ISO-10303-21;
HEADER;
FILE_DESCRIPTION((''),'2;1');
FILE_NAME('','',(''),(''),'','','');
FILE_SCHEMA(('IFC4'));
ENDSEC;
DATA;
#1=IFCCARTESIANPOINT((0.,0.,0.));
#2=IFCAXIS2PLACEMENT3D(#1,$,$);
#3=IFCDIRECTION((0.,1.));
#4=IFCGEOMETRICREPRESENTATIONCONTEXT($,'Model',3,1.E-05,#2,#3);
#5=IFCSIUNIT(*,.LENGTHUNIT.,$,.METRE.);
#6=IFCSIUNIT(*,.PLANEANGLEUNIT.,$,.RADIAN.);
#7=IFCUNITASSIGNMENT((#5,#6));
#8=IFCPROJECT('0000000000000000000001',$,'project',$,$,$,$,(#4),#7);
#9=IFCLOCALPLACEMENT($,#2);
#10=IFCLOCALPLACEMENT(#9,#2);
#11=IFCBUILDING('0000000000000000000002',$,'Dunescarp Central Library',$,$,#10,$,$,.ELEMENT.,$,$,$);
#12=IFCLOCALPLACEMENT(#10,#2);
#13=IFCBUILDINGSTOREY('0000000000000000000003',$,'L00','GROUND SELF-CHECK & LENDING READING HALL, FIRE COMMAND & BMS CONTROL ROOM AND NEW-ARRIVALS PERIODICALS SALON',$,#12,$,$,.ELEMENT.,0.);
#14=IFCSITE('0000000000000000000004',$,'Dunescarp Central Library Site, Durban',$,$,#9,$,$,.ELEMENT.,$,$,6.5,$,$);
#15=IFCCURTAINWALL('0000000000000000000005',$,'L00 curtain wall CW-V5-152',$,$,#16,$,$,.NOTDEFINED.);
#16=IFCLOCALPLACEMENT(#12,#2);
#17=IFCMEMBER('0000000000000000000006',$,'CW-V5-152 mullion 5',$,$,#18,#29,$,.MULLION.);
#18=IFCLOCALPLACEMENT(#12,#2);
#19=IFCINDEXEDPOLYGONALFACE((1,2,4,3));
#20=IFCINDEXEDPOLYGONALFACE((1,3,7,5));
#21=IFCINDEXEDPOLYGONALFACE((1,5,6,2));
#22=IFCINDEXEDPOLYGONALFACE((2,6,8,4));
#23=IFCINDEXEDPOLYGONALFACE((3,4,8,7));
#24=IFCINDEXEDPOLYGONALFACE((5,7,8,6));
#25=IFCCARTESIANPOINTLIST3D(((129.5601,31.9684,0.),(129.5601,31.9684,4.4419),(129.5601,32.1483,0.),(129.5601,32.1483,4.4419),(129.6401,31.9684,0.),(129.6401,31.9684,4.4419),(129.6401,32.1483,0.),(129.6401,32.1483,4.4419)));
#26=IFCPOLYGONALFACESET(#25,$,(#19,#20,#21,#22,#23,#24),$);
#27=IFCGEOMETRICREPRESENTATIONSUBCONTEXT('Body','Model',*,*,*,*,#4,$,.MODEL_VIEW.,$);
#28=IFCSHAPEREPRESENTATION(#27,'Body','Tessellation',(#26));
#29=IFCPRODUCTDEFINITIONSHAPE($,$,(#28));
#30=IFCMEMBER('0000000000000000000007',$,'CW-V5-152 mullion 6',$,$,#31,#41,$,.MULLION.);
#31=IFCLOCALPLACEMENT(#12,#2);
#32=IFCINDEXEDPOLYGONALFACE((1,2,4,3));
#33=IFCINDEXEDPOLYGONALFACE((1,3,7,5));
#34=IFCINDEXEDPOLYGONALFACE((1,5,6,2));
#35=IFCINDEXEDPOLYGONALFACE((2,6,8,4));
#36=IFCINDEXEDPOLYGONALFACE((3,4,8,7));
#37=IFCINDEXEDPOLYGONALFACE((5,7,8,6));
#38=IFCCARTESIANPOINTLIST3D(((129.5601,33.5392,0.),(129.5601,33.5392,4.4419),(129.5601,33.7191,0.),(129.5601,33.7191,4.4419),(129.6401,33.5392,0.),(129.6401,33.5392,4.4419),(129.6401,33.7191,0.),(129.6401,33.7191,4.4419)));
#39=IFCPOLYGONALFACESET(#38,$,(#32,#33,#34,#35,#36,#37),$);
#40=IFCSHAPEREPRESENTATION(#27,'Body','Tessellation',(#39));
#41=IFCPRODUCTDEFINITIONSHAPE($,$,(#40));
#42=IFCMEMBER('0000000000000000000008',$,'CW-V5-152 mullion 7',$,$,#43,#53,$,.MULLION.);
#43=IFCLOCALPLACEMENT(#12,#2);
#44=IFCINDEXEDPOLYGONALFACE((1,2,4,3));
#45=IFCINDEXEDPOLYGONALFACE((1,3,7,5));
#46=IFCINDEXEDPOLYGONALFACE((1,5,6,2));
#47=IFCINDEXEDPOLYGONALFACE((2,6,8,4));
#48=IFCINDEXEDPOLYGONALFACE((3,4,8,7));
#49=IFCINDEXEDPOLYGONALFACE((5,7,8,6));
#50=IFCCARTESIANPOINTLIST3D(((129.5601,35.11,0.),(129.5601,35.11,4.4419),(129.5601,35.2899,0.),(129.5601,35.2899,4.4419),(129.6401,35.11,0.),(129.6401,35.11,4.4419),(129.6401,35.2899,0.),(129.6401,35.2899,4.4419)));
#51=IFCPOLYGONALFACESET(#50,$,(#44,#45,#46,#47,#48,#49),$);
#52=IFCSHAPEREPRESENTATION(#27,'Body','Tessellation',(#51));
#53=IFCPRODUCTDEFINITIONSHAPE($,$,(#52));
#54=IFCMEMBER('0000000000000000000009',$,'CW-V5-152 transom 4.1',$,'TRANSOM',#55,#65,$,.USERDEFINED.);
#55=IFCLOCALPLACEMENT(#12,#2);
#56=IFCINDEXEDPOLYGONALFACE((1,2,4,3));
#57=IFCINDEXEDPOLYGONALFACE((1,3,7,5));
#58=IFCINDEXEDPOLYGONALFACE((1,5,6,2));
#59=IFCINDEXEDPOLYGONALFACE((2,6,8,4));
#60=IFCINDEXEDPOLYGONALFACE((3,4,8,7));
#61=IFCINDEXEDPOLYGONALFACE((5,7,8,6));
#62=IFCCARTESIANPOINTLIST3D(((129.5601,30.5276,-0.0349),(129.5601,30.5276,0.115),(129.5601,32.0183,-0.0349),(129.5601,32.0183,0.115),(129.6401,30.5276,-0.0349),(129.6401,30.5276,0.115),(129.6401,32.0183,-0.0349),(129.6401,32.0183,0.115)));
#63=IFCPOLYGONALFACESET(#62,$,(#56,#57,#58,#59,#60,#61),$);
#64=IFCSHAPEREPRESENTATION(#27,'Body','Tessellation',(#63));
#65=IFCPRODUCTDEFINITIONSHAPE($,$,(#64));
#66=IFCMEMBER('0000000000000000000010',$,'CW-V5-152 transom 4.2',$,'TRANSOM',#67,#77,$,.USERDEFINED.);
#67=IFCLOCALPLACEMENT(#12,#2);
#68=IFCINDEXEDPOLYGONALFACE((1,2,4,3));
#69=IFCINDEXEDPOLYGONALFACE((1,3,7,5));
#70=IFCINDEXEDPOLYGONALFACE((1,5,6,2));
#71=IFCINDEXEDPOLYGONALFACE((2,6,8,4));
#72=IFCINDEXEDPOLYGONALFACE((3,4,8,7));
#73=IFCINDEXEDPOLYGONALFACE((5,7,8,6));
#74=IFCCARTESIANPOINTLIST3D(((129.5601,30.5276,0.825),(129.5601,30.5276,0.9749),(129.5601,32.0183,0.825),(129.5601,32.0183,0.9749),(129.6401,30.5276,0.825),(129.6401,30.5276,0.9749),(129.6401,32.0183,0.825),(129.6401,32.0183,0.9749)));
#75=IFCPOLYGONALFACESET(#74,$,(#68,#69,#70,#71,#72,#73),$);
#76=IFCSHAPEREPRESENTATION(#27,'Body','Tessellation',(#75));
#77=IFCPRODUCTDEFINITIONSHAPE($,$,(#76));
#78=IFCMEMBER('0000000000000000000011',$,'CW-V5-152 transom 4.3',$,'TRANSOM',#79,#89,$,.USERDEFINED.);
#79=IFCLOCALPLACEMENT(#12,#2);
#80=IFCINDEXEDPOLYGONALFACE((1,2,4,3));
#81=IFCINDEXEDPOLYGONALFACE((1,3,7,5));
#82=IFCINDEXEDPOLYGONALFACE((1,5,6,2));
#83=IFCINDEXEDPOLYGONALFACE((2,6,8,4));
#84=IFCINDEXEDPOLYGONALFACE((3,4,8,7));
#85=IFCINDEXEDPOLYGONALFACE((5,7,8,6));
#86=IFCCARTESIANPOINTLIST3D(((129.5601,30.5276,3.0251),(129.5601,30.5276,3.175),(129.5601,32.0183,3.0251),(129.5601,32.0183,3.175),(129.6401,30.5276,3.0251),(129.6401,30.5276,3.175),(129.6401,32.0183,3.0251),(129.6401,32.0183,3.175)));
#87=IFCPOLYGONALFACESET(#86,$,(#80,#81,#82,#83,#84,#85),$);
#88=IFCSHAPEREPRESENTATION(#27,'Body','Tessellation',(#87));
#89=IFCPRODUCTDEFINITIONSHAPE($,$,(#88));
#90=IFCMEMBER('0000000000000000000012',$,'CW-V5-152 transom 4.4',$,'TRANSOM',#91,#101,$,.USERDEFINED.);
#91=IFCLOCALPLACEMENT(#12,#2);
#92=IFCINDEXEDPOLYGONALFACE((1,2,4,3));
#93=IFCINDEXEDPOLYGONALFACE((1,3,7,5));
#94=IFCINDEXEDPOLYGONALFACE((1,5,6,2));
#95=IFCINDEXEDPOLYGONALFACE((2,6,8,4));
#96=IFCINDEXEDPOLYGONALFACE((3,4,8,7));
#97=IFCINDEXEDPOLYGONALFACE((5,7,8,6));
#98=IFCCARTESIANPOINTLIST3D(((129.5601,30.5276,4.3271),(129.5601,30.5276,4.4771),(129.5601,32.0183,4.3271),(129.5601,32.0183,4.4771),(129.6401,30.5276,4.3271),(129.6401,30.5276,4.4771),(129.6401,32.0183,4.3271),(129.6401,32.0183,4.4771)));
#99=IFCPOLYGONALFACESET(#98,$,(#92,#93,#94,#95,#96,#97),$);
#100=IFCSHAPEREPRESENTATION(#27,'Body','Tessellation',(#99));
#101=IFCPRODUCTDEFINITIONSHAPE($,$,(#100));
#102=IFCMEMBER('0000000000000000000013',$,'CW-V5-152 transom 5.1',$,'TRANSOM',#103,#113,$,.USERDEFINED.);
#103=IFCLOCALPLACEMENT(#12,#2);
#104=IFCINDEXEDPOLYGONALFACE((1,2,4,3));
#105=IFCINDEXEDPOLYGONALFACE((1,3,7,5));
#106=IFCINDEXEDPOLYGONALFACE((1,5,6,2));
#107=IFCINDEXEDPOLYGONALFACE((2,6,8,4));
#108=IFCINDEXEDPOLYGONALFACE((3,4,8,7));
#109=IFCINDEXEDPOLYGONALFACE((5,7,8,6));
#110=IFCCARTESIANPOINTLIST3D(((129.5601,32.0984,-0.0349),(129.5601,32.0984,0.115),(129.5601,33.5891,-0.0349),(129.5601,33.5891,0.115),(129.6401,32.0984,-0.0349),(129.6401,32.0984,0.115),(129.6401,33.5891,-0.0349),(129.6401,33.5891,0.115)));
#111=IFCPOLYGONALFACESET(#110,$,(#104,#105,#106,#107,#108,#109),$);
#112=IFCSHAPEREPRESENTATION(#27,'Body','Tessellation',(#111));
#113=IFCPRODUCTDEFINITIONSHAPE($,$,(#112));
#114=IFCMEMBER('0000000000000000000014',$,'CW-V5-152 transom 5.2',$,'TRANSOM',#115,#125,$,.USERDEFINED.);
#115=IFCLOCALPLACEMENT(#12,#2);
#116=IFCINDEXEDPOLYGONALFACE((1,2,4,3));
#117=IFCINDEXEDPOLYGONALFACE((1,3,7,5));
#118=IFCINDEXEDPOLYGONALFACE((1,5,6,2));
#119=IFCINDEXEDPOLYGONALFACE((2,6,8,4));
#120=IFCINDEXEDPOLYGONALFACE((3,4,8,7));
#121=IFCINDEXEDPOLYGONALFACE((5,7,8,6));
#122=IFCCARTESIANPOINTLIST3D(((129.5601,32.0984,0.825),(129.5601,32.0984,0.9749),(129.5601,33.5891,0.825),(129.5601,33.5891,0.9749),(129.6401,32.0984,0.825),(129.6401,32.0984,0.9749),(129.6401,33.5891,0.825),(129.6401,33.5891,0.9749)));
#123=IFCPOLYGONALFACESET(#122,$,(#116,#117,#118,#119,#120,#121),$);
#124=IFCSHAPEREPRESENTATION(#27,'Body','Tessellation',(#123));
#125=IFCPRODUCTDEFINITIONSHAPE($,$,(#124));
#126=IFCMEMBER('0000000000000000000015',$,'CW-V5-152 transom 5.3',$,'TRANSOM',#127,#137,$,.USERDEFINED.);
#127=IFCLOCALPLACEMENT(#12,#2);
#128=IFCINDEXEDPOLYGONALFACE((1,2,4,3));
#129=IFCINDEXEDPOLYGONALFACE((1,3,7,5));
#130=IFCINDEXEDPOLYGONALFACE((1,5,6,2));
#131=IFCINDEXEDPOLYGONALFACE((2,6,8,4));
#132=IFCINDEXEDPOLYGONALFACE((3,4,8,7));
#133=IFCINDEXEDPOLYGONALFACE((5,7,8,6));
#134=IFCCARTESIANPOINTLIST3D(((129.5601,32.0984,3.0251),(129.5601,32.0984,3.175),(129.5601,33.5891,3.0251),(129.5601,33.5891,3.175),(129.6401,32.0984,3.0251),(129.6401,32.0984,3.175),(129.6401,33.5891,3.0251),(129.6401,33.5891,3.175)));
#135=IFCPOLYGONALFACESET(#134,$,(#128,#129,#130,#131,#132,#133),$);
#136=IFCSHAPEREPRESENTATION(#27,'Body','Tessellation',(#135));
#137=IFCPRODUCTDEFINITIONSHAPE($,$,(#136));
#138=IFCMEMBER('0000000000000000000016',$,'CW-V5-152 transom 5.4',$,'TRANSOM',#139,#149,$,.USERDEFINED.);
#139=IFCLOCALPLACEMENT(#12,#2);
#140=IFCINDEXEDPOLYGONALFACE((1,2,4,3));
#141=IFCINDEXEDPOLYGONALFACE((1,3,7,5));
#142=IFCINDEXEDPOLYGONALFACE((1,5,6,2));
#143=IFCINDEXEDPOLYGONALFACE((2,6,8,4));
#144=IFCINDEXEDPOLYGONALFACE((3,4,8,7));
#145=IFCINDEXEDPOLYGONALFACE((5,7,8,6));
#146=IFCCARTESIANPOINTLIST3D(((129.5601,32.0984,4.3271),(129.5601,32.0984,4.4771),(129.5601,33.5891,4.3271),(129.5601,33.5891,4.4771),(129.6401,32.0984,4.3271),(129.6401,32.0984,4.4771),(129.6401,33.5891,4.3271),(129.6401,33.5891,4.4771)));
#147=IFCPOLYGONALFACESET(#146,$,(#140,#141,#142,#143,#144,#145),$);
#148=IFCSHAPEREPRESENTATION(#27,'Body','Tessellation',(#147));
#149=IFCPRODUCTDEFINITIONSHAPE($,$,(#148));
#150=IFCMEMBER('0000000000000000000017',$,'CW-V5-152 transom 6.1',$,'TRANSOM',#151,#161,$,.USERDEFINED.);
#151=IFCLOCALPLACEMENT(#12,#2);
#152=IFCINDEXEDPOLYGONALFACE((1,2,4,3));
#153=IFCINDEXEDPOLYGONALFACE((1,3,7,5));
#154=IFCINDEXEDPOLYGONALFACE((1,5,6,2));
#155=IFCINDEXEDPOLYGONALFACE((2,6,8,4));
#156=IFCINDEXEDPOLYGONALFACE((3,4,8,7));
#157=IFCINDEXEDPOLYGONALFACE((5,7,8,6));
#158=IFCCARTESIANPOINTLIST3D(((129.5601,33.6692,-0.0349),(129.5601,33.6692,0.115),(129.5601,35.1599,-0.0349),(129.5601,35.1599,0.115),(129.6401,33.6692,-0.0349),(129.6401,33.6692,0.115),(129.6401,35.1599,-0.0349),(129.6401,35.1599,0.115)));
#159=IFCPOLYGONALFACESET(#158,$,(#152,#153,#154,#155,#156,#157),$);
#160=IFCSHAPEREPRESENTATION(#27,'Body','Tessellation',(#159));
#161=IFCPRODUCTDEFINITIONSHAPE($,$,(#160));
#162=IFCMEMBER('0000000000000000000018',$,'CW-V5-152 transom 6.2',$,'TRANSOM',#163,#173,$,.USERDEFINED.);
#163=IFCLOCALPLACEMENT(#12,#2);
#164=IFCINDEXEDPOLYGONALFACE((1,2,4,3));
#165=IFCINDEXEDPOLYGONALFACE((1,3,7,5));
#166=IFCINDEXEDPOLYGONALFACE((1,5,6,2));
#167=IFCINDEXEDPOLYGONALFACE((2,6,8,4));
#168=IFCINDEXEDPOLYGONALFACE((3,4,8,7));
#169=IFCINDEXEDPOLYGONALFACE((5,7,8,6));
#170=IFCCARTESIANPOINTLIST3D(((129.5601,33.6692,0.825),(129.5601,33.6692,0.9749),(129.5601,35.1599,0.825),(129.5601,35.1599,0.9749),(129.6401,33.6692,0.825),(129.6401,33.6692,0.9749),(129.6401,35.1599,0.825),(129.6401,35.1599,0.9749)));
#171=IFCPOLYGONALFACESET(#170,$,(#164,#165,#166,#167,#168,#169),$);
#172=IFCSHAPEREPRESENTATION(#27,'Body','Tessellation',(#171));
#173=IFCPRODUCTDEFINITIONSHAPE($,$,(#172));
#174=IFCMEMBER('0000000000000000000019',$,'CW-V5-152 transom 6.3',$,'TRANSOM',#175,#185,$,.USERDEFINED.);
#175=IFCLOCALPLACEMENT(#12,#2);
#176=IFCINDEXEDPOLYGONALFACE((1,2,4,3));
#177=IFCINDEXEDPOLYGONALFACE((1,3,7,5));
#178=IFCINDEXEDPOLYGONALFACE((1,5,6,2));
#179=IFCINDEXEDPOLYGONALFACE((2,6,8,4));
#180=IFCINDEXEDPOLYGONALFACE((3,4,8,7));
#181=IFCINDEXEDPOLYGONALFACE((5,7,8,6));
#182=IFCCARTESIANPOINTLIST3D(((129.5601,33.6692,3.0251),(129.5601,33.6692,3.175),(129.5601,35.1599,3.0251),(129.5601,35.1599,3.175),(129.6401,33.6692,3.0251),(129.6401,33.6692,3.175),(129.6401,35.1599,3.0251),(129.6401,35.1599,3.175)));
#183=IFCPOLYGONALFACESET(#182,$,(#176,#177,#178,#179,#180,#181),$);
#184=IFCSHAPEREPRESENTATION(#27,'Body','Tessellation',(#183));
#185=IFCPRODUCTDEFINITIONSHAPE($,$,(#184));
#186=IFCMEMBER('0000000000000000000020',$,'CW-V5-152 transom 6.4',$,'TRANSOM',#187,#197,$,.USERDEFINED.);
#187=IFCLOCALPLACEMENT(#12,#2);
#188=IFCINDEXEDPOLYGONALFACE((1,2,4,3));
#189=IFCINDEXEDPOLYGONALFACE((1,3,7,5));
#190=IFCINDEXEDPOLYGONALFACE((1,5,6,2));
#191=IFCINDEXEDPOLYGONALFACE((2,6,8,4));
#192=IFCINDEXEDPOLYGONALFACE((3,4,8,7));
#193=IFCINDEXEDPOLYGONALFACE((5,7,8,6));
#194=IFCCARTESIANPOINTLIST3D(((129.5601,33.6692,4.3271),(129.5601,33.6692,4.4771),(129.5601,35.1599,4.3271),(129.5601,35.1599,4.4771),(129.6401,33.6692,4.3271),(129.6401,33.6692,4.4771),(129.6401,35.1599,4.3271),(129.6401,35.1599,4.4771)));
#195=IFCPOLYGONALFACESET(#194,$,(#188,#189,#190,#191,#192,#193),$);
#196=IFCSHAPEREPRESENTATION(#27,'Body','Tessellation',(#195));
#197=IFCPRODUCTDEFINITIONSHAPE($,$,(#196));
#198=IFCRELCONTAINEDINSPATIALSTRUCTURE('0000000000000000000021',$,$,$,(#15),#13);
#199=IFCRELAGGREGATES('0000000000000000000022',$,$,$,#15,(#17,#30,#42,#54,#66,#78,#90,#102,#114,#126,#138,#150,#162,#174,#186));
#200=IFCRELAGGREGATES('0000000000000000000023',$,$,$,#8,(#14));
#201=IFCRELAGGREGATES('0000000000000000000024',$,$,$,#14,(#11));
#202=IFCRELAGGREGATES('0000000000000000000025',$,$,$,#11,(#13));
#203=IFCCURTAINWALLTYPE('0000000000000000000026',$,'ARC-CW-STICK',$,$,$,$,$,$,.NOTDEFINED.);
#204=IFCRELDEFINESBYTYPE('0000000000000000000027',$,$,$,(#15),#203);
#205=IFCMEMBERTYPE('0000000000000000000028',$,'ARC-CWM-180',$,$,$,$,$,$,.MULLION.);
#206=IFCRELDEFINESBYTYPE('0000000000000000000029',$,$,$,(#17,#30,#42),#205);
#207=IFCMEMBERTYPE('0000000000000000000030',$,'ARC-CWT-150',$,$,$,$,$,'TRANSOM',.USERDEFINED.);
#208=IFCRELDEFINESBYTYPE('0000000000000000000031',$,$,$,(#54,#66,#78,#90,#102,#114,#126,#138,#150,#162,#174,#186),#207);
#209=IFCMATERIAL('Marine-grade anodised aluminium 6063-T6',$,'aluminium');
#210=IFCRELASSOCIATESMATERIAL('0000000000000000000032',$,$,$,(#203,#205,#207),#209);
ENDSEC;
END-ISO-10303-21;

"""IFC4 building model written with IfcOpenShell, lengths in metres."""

from ifc_helpers import new_model, si_unit, direction, frame, origin, origin_2d, place, context, subcontext, project, spatial, rectangle, extrude, material, material_profile, profile_set, type_object, element, aggregate, save


model = new_model("IFC4")

# Units and contexts
model_context = context("Model", 3, precision=1e-05, world=origin(), true_north=direction((0.0, 1.0)))
body_context = subcontext(model_context, "Body", "Model", "MODEL_VIEW")
ifc_project = project(units=[si_unit("LENGTHUNIT", "METRE"), si_unit("PLANEANGLEUNIT", "RADIAN")], contexts=[model_context])

# Site, building, storey
site_placement = place(None, origin())
site = spatial("IfcSite", under=ifc_project, at=site_placement, Name="Dunescarp Central Library Site, Durban", CompositionType="ELEMENT", RefElevation=6.5)
building_placement = place(site_placement, origin())
building = spatial("IfcBuilding", under=site, at=building_placement, Name="Dunescarp Central Library", CompositionType="ELEMENT")
storey_placement = place(building_placement, origin())
storey = spatial("IfcBuildingStorey", under=building, at=storey_placement, Name="L00", Description="GROUND SELF-CHECK & LENDING READING HALL, FIRE COMMAND & BMS CONTROL ROOM AND NEW-ARRIVALS PERIODICALS SALON", CompositionType="ELEMENT", Elevation=0.0)

# Curtain wall, members
ifc_material_1 = material(Name="Marine-grade anodised aluminium 6063-T6", Category="aluminium")
curtain_wall_type = type_object("IfcCurtainWallType", Name="ARC-CW-STICK", PredefinedType="NOTDEFINED", material=ifc_material_1)
curtain_wall_placement = place(storey_placement, origin())
curtain_wall = element("IfcCurtainWall", 1, at=curtain_wall_placement, inside=storey, type_object=curtain_wall_type, Name="L00 curtain wall CW-V5-152", PredefinedType="NOTDEFINED")
ifc_material_profile_1 = material_profile(ifc_material_1, rectangle(XDim=0.0801, YDim=0.1799, at=origin_2d()), Name="AL 80x180")
ifc_profile_set_1 = profile_set([ifc_material_profile_1], Name="Marine-grade anodised aluminium 6063-T6")
member_type_1 = type_object("IfcMemberType", Name="ARC-CWM-180", PredefinedType="MULLION", material=ifc_profile_set_1)
member_1_placement = place(storey_placement, frame((129.6001, 32.0583, 0.0), z_axis=(0.0, 0.0, 1.0), x_axis=(-1.0, 0.0, 0.0)))
member_1 = element("IfcMember", 2, at=member_1_placement, type_object=member_type_1, Name="CW-V5-152 mullion 5", PredefinedType="MULLION", context=body_context, shape_type="SweptSolid", body=[
    extrude(rectangle(XDim=0.0801, YDim=0.1799, at=origin_2d()), origin(), (0.0, 0.0, 1.0), 4.4419),
])
member_2_placement = place(storey_placement, frame((129.6001, 33.6292, 0.0), z_axis=(0.0, 0.0, 1.0), x_axis=(-1.0, 0.0, 0.0)))
member_2 = element("IfcMember", 3, at=member_2_placement, type_object=member_type_1, Name="CW-V5-152 mullion 6", PredefinedType="MULLION", context=body_context, shape_type="SweptSolid", body=[
    extrude(rectangle(XDim=0.0801, YDim=0.1799, at=origin_2d()), origin(), (0.0, 0.0, 1.0), 4.4419),
])
member_3_placement = place(storey_placement, frame((129.6001, 35.2, 0.0), z_axis=(0.0, 0.0, 1.0), x_axis=(-1.0, 0.0, 0.0)))
member_3 = element("IfcMember", 4, at=member_3_placement, type_object=member_type_1, Name="CW-V5-152 mullion 7", PredefinedType="MULLION", context=body_context, shape_type="SweptSolid", body=[
    extrude(rectangle(XDim=0.0801, YDim=0.1799, at=origin_2d()), origin(), (0.0, 0.0, 1.0), 4.4419),
])
ifc_material_profile_2 = material_profile(ifc_material_1, rectangle(XDim=0.0801, YDim=0.1499, at=origin_2d()), Name="AL 80x150")
ifc_profile_set_2 = profile_set([ifc_material_profile_2], Name="Marine-grade anodised aluminium 6063-T6")
member_type_2 = type_object("IfcMemberType", Name="ARC-CWT-150", ElementType="TRANSOM", PredefinedType="USERDEFINED", material=ifc_profile_set_2)
member_4_placement = place(storey_placement, frame((129.6001, 30.5276, 0.04), z_axis=(0.0, 1.0, 0.0), x_axis=(-1.0, 0.0, 0.0)))
member_4 = element("IfcMember", 5, at=member_4_placement, type_object=member_type_2, Name="CW-V5-152 transom 4.1", ObjectType="TRANSOM", PredefinedType="USERDEFINED", context=body_context, shape_type="SweptSolid", body=[
    extrude(rectangle(XDim=0.0801, YDim=0.1499, at=origin_2d()), origin(), (0.0, 0.0, 1.0), 1.4907),
])
member_5_placement = place(storey_placement, frame((129.6001, 30.5276, 0.8999), z_axis=(0.0, 1.0, 0.0), x_axis=(-1.0, 0.0, 0.0)))
member_5 = element("IfcMember", 6, at=member_5_placement, type_object=member_type_2, Name="CW-V5-152 transom 4.2", ObjectType="TRANSOM", PredefinedType="USERDEFINED", context=body_context, shape_type="SweptSolid", body=[
    extrude(rectangle(XDim=0.0801, YDim=0.1499, at=origin_2d()), origin(), (0.0, 0.0, 1.0), 1.4907),
])
member_6_placement = place(storey_placement, frame((129.6001, 30.5276, 3.1001), z_axis=(0.0, 1.0, 0.0), x_axis=(-1.0, 0.0, 0.0)))
member_6 = element("IfcMember", 7, at=member_6_placement, type_object=member_type_2, Name="CW-V5-152 transom 4.3", ObjectType="TRANSOM", PredefinedType="USERDEFINED", context=body_context, shape_type="SweptSolid", body=[
    extrude(rectangle(XDim=0.0801, YDim=0.1499, at=origin_2d()), origin(), (0.0, 0.0, 1.0), 1.4907),
])
member_7_placement = place(storey_placement, frame((129.6001, 30.5276, 4.4021), z_axis=(0.0, 1.0, 0.0), x_axis=(-1.0, 0.0, 0.0)))
member_7 = element("IfcMember", 8, at=member_7_placement, type_object=member_type_2, Name="CW-V5-152 transom 4.4", ObjectType="TRANSOM", PredefinedType="USERDEFINED", context=body_context, shape_type="SweptSolid", body=[
    extrude(rectangle(XDim=0.0801, YDim=0.1499, at=origin_2d()), origin(), (0.0, 0.0, 1.0), 1.4907),
])
member_8_placement = place(storey_placement, frame((129.6001, 32.0984, 0.04), z_axis=(0.0, 1.0, 0.0), x_axis=(-1.0, 0.0, 0.0)))
member_8 = element("IfcMember", 9, at=member_8_placement, type_object=member_type_2, Name="CW-V5-152 transom 5.1", ObjectType="TRANSOM", PredefinedType="USERDEFINED", context=body_context, shape_type="SweptSolid", body=[
    extrude(rectangle(XDim=0.0801, YDim=0.1499, at=origin_2d()), origin(), (0.0, 0.0, 1.0), 1.4907),
])
member_9_placement = place(storey_placement, frame((129.6001, 32.0984, 0.8999), z_axis=(0.0, 1.0, 0.0), x_axis=(-1.0, 0.0, 0.0)))
member_9 = element("IfcMember", 10, at=member_9_placement, type_object=member_type_2, Name="CW-V5-152 transom 5.2", ObjectType="TRANSOM", PredefinedType="USERDEFINED", context=body_context, shape_type="SweptSolid", body=[
    extrude(rectangle(XDim=0.0801, YDim=0.1499, at=origin_2d()), origin(), (0.0, 0.0, 1.0), 1.4907),
])
member_10_placement = place(storey_placement, frame((129.6001, 32.0984, 3.1001), z_axis=(0.0, 1.0, 0.0), x_axis=(-1.0, 0.0, 0.0)))
member_10 = element("IfcMember", 11, at=member_10_placement, type_object=member_type_2, Name="CW-V5-152 transom 5.3", ObjectType="TRANSOM", PredefinedType="USERDEFINED", context=body_context, shape_type="SweptSolid", body=[
    extrude(rectangle(XDim=0.0801, YDim=0.1499, at=origin_2d()), origin(), (0.0, 0.0, 1.0), 1.4907),
])
member_11_placement = place(storey_placement, frame((129.6001, 32.0984, 4.4021), z_axis=(0.0, 1.0, 0.0), x_axis=(-1.0, 0.0, 0.0)))
member_11 = element("IfcMember", 12, at=member_11_placement, type_object=member_type_2, Name="CW-V5-152 transom 5.4", ObjectType="TRANSOM", PredefinedType="USERDEFINED", context=body_context, shape_type="SweptSolid", body=[
    extrude(rectangle(XDim=0.0801, YDim=0.1499, at=origin_2d()), origin(), (0.0, 0.0, 1.0), 1.4907),
])
member_12_placement = place(storey_placement, frame((129.6001, 33.6692, 0.04), z_axis=(0.0, 1.0, 0.0), x_axis=(-1.0, 0.0, 0.0)))
member_12 = element("IfcMember", 13, at=member_12_placement, type_object=member_type_2, Name="CW-V5-152 transom 6.1", ObjectType="TRANSOM", PredefinedType="USERDEFINED", context=body_context, shape_type="SweptSolid", body=[
    extrude(rectangle(XDim=0.0801, YDim=0.1499, at=origin_2d()), origin(), (0.0, 0.0, 1.0), 1.4907),
])
member_13_placement = place(storey_placement, frame((129.6001, 33.6692, 0.8999), z_axis=(0.0, 1.0, 0.0), x_axis=(-1.0, 0.0, 0.0)))
member_13 = element("IfcMember", 14, at=member_13_placement, type_object=member_type_2, Name="CW-V5-152 transom 6.2", ObjectType="TRANSOM", PredefinedType="USERDEFINED", context=body_context, shape_type="SweptSolid", body=[
    extrude(rectangle(XDim=0.0801, YDim=0.1499, at=origin_2d()), origin(), (0.0, 0.0, 1.0), 1.4907),
])
member_14_placement = place(storey_placement, frame((129.6001, 33.6692, 3.1001), z_axis=(0.0, 1.0, 0.0), x_axis=(-1.0, 0.0, 0.0)))
member_14 = element("IfcMember", 15, at=member_14_placement, type_object=member_type_2, Name="CW-V5-152 transom 6.3", ObjectType="TRANSOM", PredefinedType="USERDEFINED", context=body_context, shape_type="SweptSolid", body=[
    extrude(rectangle(XDim=0.0801, YDim=0.1499, at=origin_2d()), origin(), (0.0, 0.0, 1.0), 1.4907),
])
member_15_placement = place(storey_placement, frame((129.6001, 33.6692, 4.4021), z_axis=(0.0, 1.0, 0.0), x_axis=(-1.0, 0.0, 0.0)))
member_15 = element("IfcMember", 16, at=member_15_placement, type_object=member_type_2, Name="CW-V5-152 transom 6.4", ObjectType="TRANSOM", PredefinedType="USERDEFINED", context=body_context, shape_type="SweptSolid", body=[
    extrude(rectangle(XDim=0.0801, YDim=0.1499, at=origin_2d()), origin(), (0.0, 0.0, 1.0), 1.4907),
])
aggregate(curtain_wall, [member_1, member_2, member_3, member_4, member_5, member_6, member_7, member_8, member_9, member_10, member_11, member_12, member_13, member_14, member_15])

save(model, "model.ifc")
